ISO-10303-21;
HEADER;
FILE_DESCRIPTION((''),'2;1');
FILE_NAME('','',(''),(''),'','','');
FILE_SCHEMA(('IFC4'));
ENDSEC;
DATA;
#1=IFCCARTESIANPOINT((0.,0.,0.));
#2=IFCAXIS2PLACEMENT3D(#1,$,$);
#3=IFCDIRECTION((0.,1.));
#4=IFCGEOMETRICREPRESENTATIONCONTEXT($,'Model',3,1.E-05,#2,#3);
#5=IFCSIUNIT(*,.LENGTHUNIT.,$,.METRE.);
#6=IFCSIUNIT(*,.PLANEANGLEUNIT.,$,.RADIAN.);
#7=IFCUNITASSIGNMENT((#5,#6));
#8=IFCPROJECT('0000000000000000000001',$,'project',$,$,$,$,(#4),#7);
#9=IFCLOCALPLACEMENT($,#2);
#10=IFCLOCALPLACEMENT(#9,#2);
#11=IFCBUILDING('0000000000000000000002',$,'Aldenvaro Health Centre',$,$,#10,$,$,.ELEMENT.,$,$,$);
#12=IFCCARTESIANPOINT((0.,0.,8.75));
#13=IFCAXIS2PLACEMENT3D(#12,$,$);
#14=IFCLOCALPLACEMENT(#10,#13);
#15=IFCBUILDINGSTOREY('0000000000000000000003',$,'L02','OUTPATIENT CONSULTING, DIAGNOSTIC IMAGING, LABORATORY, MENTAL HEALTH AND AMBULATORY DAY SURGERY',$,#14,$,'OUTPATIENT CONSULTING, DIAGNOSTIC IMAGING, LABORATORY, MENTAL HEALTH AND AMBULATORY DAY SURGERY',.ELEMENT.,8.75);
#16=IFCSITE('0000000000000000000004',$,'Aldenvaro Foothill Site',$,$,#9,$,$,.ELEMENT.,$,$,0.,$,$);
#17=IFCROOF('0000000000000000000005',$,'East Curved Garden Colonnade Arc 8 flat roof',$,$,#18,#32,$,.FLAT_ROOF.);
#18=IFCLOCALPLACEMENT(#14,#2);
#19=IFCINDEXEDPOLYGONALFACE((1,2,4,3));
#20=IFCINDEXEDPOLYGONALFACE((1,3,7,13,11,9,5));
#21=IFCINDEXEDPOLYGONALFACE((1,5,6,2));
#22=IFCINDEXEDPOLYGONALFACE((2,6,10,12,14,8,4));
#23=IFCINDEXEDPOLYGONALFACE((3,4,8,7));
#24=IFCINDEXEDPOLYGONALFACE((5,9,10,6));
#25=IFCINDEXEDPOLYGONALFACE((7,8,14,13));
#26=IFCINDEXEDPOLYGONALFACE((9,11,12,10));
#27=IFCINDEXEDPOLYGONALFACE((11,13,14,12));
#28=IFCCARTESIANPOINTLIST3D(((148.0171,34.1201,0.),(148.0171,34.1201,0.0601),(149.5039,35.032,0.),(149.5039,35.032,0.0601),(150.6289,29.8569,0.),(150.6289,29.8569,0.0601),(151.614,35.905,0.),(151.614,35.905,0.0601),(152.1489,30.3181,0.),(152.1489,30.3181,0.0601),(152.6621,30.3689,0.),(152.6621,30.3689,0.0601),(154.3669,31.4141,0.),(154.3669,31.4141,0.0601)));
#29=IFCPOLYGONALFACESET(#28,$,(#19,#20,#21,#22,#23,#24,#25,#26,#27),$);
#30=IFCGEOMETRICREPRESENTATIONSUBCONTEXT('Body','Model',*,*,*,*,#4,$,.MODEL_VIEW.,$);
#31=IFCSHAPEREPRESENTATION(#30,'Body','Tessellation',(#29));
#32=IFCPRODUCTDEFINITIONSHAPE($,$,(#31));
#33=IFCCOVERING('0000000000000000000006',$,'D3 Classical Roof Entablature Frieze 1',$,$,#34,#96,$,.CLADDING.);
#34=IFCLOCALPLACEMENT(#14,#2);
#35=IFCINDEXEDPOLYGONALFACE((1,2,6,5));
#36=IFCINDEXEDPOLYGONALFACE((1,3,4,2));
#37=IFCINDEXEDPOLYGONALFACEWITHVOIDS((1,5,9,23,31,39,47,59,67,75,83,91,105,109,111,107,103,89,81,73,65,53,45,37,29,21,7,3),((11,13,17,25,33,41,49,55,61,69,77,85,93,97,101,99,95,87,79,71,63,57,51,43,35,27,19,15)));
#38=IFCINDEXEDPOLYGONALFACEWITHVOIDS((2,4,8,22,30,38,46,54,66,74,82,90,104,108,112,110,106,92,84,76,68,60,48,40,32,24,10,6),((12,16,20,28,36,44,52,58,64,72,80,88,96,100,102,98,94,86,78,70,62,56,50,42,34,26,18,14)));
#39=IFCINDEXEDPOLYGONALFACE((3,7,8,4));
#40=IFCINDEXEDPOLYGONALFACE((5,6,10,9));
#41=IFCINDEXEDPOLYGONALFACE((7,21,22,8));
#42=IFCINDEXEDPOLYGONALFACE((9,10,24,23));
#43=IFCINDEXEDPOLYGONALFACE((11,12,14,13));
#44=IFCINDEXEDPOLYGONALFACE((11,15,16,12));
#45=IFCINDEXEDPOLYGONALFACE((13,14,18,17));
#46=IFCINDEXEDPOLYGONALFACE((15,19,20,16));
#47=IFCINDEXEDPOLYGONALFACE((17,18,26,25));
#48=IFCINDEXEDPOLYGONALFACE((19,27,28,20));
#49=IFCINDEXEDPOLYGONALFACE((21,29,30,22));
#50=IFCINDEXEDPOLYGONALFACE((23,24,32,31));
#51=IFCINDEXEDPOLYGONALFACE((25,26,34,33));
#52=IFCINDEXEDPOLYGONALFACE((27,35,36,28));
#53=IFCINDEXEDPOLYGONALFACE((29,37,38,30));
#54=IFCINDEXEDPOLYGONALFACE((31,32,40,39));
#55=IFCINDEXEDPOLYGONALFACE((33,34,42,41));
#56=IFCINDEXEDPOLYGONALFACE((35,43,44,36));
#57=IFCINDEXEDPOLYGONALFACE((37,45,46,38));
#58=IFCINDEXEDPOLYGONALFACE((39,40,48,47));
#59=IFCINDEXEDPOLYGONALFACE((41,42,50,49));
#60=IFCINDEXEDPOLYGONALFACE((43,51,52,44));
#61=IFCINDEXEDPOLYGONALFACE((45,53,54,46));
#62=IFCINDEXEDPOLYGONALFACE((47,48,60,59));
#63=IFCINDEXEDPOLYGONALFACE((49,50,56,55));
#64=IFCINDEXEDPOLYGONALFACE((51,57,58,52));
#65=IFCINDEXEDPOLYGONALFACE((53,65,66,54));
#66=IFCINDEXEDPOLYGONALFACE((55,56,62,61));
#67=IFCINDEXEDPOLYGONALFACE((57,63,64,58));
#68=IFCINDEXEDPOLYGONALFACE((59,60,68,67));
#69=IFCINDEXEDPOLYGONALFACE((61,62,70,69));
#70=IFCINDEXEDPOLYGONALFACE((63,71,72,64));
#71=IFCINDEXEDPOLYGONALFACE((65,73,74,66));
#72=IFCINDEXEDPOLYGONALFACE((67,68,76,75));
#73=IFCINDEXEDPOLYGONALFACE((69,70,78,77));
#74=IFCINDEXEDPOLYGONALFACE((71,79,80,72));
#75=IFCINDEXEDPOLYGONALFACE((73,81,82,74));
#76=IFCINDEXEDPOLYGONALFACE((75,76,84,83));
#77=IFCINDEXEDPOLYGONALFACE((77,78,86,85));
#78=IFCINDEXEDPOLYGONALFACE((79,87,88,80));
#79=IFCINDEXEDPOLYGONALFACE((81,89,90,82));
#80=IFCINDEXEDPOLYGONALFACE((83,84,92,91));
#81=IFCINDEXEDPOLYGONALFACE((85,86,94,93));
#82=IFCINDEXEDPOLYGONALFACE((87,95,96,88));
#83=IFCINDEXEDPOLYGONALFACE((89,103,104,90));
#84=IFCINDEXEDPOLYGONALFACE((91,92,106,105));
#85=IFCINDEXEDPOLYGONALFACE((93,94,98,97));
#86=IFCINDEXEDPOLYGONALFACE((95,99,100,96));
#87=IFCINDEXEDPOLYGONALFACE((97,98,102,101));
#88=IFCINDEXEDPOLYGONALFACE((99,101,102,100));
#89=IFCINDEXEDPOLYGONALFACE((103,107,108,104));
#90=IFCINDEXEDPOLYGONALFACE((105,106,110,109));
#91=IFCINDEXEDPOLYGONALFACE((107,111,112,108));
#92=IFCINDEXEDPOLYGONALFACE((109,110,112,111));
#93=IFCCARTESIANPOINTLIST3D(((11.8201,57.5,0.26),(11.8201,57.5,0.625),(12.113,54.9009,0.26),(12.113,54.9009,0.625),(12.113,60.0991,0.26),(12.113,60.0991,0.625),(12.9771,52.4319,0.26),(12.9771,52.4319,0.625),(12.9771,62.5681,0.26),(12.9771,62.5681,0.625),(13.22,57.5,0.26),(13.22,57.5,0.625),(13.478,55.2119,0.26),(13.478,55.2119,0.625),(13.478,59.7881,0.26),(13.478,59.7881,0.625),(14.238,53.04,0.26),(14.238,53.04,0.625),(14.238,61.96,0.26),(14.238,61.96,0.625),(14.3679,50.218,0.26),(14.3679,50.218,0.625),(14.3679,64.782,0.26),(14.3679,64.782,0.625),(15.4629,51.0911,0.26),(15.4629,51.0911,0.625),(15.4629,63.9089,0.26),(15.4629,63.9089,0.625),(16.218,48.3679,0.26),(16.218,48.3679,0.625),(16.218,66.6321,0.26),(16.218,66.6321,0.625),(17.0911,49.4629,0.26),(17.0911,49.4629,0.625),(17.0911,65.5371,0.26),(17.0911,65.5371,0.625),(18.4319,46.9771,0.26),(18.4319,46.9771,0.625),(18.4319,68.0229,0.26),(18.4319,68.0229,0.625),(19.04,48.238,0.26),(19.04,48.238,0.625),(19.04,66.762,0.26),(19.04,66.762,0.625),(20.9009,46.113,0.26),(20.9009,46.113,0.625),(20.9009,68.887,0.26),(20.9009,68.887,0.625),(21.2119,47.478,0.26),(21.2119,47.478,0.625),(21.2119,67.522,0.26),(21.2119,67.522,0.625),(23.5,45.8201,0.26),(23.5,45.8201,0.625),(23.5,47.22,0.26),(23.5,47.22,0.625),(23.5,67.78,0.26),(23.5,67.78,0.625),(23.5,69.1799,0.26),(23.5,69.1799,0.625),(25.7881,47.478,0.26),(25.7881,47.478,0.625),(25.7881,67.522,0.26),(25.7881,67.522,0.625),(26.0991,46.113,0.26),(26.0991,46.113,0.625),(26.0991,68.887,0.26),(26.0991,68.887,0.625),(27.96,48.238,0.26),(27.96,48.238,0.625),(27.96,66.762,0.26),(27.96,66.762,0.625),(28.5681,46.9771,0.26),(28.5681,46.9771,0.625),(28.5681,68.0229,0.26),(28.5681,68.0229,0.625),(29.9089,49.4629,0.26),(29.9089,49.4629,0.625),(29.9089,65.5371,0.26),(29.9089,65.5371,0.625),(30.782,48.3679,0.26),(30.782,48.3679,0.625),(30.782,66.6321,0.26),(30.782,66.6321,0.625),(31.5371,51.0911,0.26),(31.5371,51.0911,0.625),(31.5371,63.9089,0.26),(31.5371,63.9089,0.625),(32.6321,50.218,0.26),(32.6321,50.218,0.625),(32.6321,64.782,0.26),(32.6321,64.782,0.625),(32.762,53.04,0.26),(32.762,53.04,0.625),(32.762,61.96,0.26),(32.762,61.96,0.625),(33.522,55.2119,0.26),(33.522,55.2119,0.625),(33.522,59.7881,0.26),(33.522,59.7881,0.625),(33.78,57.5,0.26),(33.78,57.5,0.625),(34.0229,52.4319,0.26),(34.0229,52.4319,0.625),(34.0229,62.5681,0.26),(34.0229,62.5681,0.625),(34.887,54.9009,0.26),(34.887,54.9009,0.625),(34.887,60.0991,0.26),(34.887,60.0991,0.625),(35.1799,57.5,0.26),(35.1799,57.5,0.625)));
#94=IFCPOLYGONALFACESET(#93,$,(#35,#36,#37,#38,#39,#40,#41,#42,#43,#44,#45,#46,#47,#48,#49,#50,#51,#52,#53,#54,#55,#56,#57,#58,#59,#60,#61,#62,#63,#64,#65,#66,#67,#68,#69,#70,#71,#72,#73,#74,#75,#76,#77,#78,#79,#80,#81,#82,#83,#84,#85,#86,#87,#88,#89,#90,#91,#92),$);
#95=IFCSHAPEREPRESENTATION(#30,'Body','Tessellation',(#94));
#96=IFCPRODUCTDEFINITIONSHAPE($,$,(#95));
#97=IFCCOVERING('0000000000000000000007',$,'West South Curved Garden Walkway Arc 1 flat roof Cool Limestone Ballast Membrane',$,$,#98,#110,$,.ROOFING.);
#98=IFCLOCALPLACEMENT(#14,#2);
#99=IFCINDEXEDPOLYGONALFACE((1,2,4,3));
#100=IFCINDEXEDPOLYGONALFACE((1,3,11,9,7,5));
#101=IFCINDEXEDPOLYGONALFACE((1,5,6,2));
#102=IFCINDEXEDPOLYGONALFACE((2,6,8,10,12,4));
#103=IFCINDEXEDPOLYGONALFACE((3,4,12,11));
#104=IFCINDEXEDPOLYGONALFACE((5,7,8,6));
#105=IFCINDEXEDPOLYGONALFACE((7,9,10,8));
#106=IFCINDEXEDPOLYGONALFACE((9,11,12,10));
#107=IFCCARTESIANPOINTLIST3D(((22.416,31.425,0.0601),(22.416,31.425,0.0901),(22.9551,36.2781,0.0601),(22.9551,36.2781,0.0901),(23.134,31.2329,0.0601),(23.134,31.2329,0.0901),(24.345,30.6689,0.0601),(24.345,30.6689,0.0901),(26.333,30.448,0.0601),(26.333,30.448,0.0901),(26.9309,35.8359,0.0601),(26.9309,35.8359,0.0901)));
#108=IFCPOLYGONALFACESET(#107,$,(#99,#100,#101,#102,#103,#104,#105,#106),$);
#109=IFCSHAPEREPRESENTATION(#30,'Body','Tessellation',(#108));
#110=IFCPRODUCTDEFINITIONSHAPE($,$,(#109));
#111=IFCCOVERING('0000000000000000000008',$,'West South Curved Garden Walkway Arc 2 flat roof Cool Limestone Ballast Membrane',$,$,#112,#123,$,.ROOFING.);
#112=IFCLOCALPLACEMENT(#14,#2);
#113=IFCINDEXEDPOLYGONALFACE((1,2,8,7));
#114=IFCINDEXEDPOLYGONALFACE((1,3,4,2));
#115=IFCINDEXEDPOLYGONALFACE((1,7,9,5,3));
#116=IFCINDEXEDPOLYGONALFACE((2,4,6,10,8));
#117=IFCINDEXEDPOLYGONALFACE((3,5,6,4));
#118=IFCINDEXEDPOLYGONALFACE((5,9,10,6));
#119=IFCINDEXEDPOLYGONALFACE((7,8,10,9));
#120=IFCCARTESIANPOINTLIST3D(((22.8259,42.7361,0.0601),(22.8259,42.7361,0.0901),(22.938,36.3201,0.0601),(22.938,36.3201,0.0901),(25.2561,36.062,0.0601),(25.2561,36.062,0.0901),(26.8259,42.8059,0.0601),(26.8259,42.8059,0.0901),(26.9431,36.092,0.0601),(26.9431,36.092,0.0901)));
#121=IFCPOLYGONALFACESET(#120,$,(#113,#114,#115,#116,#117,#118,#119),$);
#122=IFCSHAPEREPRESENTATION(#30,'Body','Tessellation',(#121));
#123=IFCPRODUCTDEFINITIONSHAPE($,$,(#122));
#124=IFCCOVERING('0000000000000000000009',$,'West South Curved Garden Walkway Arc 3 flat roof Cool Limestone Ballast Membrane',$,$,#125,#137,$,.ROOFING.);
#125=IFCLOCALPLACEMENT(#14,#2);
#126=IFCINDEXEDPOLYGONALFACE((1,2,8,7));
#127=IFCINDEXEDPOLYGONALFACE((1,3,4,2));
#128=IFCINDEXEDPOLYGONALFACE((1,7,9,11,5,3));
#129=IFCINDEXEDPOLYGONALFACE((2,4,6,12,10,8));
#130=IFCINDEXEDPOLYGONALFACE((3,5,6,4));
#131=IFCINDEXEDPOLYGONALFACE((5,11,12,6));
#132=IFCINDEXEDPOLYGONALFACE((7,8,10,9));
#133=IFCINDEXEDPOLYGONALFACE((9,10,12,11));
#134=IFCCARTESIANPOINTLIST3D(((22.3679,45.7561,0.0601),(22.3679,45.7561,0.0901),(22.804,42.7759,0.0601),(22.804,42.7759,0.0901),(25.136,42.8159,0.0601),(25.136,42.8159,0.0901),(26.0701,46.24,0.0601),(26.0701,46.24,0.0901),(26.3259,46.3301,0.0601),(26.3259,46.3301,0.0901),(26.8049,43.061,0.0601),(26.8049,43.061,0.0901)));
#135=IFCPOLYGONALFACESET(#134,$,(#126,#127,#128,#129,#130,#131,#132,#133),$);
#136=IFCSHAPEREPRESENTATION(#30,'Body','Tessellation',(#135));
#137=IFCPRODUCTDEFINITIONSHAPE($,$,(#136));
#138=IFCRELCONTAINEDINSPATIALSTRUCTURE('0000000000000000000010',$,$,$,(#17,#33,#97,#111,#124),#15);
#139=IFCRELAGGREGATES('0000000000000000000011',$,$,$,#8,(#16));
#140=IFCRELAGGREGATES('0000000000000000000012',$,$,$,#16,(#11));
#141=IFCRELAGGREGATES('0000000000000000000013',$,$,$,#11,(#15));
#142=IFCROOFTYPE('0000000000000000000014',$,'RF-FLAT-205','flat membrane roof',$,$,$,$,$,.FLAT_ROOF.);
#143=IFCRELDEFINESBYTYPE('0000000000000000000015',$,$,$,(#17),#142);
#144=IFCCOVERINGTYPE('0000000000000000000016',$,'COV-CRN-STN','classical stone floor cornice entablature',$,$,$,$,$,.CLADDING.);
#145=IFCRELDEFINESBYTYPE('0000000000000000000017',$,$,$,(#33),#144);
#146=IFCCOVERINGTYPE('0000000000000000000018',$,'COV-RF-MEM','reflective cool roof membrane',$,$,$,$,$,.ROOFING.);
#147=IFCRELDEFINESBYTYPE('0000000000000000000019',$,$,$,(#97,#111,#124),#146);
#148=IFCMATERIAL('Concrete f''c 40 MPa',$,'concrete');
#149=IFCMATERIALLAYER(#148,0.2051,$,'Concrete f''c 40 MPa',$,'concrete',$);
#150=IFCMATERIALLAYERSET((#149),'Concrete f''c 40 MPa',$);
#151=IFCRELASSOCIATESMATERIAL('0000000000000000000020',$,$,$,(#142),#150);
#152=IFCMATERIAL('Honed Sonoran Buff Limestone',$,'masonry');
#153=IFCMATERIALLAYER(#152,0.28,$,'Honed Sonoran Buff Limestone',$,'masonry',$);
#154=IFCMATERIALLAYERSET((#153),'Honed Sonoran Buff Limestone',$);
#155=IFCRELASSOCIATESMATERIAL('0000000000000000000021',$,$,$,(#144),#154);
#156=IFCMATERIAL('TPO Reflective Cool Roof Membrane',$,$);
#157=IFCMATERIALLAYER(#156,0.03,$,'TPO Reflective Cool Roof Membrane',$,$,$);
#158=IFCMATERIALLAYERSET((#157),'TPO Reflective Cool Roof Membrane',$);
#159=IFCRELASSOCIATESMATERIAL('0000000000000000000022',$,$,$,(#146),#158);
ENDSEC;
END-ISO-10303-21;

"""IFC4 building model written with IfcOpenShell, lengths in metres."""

from ifc_helpers import new_model, si_unit, direction, frame, origin, place, context, subcontext, project, spatial, polyline, outline, extrude, material, layer, layer_set, type_object, element, save


model = new_model("IFC4")

# Units and contexts
model_context = context("Model", 3, precision=1e-05, world=origin(), true_north=direction((0.0, 1.0)))
body_context = subcontext(model_context, "Body", "Model", "MODEL_VIEW")
ifc_project = project(units=[si_unit("LENGTHUNIT", "METRE"), si_unit("PLANEANGLEUNIT", "RADIAN")], contexts=[model_context])

# Site, building, storey
site_placement = place(None, origin())
site = spatial("IfcSite", under=ifc_project, at=site_placement, Name="Aldenvaro Foothill Site", CompositionType="ELEMENT", RefElevation=0.0)
building_placement = place(site_placement, origin())
building = spatial("IfcBuilding", under=site, at=building_placement, Name="Aldenvaro Health Centre", CompositionType="ELEMENT")
storey_placement = place(building_placement, frame((0.0, 0.0, 8.75)))
storey = spatial("IfcBuildingStorey", under=building, at=storey_placement, Name="L02", Description="OUTPATIENT CONSULTING, DIAGNOSTIC IMAGING, LABORATORY, MENTAL HEALTH AND AMBULATORY DAY SURGERY", LongName="OUTPATIENT CONSULTING, DIAGNOSTIC IMAGING, LABORATORY, MENTAL HEALTH AND AMBULATORY DAY SURGERY", CompositionType="ELEMENT", Elevation=8.75)

# Shared definitions
ifc_material_1 = material(Name="Concrete f'c 40 MPa", Category="concrete")

# Roof
ifc_layer_1 = layer(ifc_material_1, 0.2051, Name="Concrete f'c 40 MPa", Category="concrete")
ifc_layer_set_1 = layer_set([ifc_layer_1], Name="Concrete f'c 40 MPa")
roof_type = type_object("IfcRoofType", Name="RF-FLAT-205", Description="flat membrane roof", PredefinedType="FLAT_ROOF", material=ifc_layer_set_1)
roof_1_placement = place(storey_placement, origin())
element("IfcRoof", 1, at=roof_1_placement, inside=storey, type_object=roof_type, Name="East Curved Garden Colonnade Arc 8 flat roof", PredefinedType="FLAT_ROOF", context=body_context, shape_type="SweptSolid", body=[
    extrude(outline(polyline([(148.0171, 34.1201), (149.5039, 35.032), (151.614, 35.905), (154.3669, 31.4141), (152.6621, 30.3689), (152.1489, 30.3181), (150.6289, 29.8569), (148.0171, 34.1201)])), origin(), (0.0, 0.0, 1.0), 0.0601),
])

# Coverings
ifc_material_2 = material(Name="Honed Sonoran Buff Limestone", Category="masonry")
ifc_layer_2 = layer(ifc_material_2, 0.28, Name="Honed Sonoran Buff Limestone", Category="masonry")
ifc_layer_set_2 = layer_set([ifc_layer_2], Name="Honed Sonoran Buff Limestone")
covering_type_1 = type_object("IfcCoveringType", Name="COV-CRN-STN", Description="classical stone floor cornice entablature", PredefinedType="CLADDING", material=ifc_layer_set_2)
covering_1_placement = place(storey_placement, frame((0.0, 0.0, 0.26)))
element("IfcCovering", 2, at=covering_1_placement, inside=storey, type_object=covering_type_1, Name="D3 Classical Roof Entablature Frieze 1", PredefinedType="CLADDING", context=body_context, shape_type="SweptSolid", body=[
    extrude(outline(polyline([(35.1799, 57.5), (34.887, 60.0991), (34.0229, 62.5681), (32.6321, 64.782), (30.782, 66.6321), (28.5681, 68.0229), (26.0991, 68.887), (23.5, 69.1799), (20.9009, 68.887), (18.4319, 68.0229), (16.218, 66.6321), (14.3679, 64.782), (12.9771, 62.5681), (12.113, 60.0991), (11.8201, 57.5), (12.113, 54.9009), (12.9771, 52.4319), (14.3679, 50.218), (16.218, 48.3679), (18.4319, 46.9771), (20.9009, 46.113), (23.5, 45.8201), (26.0991, 46.113), (28.5681, 46.9771), (30.782, 48.3679), (32.6321, 50.218), (34.0229, 52.4319), (34.887, 54.9009), (35.1799, 57.5)]), holes=[polyline([(33.78, 57.5), (33.522, 55.2119), (32.762, 53.04), (31.5371, 51.0911), (29.9089, 49.4629), (27.96, 48.238), (25.7881, 47.478), (23.5, 47.22), (21.2119, 47.478), (19.04, 48.238), (17.0911, 49.4629), (15.4629, 51.0911), (14.238, 53.04), (13.478, 55.2119), (13.22, 57.5), (13.478, 59.7881), (14.238, 61.96), (15.4629, 63.9089), (17.0911, 65.5371), (19.04, 66.762), (21.2119, 67.522), (23.5, 67.78), (25.7881, 67.522), (27.96, 66.762), (29.9089, 65.5371), (31.5371, 63.9089), (32.762, 61.96), (33.522, 59.7881), (33.78, 57.5)])]), origin(), (0.0, 0.0, 1.0), 0.365),
])
ifc_material_3 = material(Name="TPO Reflective Cool Roof Membrane")
ifc_layer_3 = layer(ifc_material_3, 0.03, Name="TPO Reflective Cool Roof Membrane")
ifc_layer_set_3 = layer_set([ifc_layer_3], Name="TPO Reflective Cool Roof Membrane")
covering_type_2 = type_object("IfcCoveringType", Name="COV-RF-MEM", Description="reflective cool roof membrane", PredefinedType="ROOFING", material=ifc_layer_set_3)
covering_2_placement = place(storey_placement, frame((0.0, 0.0, 0.0601)))
element("IfcCovering", 3, at=covering_2_placement, inside=storey, type_object=covering_type_2, Name="West South Curved Garden Walkway Arc 1 flat roof Cool Limestone Ballast Membrane", PredefinedType="ROOFING", context=body_context, shape_type="SweptSolid", body=[
    extrude(outline(polyline([(22.9551, 36.2781), (26.9309, 35.8359), (26.333, 30.448), (24.345, 30.6689), (23.134, 31.2329), (22.416, 31.425), (22.9551, 36.2781)])), origin(), (0.0, 0.0, 1.0), 0.03),
])
covering_3_placement = place(storey_placement, frame((0.0, 0.0, 0.0601)))
element("IfcCovering", 4, at=covering_3_placement, inside=storey, type_object=covering_type_2, Name="West South Curved Garden Walkway Arc 2 flat roof Cool Limestone Ballast Membrane", PredefinedType="ROOFING", context=body_context, shape_type="SweptSolid", body=[
    extrude(outline(polyline([(22.8259, 42.7361), (26.8259, 42.8059), (26.9431, 36.092), (25.2561, 36.062), (22.938, 36.3201), (22.8259, 42.7361)])), origin(), (0.0, 0.0, 1.0), 0.03),
])
covering_4_placement = place(storey_placement, frame((0.0, 0.0, 0.0601)))
element("IfcCovering", 5, at=covering_4_placement, inside=storey, type_object=covering_type_2, Name="West South Curved Garden Walkway Arc 3 flat roof Cool Limestone Ballast Membrane", PredefinedType="ROOFING", context=body_context, shape_type="SweptSolid", body=[
    extrude(outline(polyline([(26.8049, 43.061), (25.136, 42.8159), (22.804, 42.7759), (22.3679, 45.7561), (26.0701, 46.24), (26.3259, 46.3301), (26.8049, 43.061)])), origin(), (0.0, 0.0, 1.0), 0.03),
])

save(model, "model.ifc")
